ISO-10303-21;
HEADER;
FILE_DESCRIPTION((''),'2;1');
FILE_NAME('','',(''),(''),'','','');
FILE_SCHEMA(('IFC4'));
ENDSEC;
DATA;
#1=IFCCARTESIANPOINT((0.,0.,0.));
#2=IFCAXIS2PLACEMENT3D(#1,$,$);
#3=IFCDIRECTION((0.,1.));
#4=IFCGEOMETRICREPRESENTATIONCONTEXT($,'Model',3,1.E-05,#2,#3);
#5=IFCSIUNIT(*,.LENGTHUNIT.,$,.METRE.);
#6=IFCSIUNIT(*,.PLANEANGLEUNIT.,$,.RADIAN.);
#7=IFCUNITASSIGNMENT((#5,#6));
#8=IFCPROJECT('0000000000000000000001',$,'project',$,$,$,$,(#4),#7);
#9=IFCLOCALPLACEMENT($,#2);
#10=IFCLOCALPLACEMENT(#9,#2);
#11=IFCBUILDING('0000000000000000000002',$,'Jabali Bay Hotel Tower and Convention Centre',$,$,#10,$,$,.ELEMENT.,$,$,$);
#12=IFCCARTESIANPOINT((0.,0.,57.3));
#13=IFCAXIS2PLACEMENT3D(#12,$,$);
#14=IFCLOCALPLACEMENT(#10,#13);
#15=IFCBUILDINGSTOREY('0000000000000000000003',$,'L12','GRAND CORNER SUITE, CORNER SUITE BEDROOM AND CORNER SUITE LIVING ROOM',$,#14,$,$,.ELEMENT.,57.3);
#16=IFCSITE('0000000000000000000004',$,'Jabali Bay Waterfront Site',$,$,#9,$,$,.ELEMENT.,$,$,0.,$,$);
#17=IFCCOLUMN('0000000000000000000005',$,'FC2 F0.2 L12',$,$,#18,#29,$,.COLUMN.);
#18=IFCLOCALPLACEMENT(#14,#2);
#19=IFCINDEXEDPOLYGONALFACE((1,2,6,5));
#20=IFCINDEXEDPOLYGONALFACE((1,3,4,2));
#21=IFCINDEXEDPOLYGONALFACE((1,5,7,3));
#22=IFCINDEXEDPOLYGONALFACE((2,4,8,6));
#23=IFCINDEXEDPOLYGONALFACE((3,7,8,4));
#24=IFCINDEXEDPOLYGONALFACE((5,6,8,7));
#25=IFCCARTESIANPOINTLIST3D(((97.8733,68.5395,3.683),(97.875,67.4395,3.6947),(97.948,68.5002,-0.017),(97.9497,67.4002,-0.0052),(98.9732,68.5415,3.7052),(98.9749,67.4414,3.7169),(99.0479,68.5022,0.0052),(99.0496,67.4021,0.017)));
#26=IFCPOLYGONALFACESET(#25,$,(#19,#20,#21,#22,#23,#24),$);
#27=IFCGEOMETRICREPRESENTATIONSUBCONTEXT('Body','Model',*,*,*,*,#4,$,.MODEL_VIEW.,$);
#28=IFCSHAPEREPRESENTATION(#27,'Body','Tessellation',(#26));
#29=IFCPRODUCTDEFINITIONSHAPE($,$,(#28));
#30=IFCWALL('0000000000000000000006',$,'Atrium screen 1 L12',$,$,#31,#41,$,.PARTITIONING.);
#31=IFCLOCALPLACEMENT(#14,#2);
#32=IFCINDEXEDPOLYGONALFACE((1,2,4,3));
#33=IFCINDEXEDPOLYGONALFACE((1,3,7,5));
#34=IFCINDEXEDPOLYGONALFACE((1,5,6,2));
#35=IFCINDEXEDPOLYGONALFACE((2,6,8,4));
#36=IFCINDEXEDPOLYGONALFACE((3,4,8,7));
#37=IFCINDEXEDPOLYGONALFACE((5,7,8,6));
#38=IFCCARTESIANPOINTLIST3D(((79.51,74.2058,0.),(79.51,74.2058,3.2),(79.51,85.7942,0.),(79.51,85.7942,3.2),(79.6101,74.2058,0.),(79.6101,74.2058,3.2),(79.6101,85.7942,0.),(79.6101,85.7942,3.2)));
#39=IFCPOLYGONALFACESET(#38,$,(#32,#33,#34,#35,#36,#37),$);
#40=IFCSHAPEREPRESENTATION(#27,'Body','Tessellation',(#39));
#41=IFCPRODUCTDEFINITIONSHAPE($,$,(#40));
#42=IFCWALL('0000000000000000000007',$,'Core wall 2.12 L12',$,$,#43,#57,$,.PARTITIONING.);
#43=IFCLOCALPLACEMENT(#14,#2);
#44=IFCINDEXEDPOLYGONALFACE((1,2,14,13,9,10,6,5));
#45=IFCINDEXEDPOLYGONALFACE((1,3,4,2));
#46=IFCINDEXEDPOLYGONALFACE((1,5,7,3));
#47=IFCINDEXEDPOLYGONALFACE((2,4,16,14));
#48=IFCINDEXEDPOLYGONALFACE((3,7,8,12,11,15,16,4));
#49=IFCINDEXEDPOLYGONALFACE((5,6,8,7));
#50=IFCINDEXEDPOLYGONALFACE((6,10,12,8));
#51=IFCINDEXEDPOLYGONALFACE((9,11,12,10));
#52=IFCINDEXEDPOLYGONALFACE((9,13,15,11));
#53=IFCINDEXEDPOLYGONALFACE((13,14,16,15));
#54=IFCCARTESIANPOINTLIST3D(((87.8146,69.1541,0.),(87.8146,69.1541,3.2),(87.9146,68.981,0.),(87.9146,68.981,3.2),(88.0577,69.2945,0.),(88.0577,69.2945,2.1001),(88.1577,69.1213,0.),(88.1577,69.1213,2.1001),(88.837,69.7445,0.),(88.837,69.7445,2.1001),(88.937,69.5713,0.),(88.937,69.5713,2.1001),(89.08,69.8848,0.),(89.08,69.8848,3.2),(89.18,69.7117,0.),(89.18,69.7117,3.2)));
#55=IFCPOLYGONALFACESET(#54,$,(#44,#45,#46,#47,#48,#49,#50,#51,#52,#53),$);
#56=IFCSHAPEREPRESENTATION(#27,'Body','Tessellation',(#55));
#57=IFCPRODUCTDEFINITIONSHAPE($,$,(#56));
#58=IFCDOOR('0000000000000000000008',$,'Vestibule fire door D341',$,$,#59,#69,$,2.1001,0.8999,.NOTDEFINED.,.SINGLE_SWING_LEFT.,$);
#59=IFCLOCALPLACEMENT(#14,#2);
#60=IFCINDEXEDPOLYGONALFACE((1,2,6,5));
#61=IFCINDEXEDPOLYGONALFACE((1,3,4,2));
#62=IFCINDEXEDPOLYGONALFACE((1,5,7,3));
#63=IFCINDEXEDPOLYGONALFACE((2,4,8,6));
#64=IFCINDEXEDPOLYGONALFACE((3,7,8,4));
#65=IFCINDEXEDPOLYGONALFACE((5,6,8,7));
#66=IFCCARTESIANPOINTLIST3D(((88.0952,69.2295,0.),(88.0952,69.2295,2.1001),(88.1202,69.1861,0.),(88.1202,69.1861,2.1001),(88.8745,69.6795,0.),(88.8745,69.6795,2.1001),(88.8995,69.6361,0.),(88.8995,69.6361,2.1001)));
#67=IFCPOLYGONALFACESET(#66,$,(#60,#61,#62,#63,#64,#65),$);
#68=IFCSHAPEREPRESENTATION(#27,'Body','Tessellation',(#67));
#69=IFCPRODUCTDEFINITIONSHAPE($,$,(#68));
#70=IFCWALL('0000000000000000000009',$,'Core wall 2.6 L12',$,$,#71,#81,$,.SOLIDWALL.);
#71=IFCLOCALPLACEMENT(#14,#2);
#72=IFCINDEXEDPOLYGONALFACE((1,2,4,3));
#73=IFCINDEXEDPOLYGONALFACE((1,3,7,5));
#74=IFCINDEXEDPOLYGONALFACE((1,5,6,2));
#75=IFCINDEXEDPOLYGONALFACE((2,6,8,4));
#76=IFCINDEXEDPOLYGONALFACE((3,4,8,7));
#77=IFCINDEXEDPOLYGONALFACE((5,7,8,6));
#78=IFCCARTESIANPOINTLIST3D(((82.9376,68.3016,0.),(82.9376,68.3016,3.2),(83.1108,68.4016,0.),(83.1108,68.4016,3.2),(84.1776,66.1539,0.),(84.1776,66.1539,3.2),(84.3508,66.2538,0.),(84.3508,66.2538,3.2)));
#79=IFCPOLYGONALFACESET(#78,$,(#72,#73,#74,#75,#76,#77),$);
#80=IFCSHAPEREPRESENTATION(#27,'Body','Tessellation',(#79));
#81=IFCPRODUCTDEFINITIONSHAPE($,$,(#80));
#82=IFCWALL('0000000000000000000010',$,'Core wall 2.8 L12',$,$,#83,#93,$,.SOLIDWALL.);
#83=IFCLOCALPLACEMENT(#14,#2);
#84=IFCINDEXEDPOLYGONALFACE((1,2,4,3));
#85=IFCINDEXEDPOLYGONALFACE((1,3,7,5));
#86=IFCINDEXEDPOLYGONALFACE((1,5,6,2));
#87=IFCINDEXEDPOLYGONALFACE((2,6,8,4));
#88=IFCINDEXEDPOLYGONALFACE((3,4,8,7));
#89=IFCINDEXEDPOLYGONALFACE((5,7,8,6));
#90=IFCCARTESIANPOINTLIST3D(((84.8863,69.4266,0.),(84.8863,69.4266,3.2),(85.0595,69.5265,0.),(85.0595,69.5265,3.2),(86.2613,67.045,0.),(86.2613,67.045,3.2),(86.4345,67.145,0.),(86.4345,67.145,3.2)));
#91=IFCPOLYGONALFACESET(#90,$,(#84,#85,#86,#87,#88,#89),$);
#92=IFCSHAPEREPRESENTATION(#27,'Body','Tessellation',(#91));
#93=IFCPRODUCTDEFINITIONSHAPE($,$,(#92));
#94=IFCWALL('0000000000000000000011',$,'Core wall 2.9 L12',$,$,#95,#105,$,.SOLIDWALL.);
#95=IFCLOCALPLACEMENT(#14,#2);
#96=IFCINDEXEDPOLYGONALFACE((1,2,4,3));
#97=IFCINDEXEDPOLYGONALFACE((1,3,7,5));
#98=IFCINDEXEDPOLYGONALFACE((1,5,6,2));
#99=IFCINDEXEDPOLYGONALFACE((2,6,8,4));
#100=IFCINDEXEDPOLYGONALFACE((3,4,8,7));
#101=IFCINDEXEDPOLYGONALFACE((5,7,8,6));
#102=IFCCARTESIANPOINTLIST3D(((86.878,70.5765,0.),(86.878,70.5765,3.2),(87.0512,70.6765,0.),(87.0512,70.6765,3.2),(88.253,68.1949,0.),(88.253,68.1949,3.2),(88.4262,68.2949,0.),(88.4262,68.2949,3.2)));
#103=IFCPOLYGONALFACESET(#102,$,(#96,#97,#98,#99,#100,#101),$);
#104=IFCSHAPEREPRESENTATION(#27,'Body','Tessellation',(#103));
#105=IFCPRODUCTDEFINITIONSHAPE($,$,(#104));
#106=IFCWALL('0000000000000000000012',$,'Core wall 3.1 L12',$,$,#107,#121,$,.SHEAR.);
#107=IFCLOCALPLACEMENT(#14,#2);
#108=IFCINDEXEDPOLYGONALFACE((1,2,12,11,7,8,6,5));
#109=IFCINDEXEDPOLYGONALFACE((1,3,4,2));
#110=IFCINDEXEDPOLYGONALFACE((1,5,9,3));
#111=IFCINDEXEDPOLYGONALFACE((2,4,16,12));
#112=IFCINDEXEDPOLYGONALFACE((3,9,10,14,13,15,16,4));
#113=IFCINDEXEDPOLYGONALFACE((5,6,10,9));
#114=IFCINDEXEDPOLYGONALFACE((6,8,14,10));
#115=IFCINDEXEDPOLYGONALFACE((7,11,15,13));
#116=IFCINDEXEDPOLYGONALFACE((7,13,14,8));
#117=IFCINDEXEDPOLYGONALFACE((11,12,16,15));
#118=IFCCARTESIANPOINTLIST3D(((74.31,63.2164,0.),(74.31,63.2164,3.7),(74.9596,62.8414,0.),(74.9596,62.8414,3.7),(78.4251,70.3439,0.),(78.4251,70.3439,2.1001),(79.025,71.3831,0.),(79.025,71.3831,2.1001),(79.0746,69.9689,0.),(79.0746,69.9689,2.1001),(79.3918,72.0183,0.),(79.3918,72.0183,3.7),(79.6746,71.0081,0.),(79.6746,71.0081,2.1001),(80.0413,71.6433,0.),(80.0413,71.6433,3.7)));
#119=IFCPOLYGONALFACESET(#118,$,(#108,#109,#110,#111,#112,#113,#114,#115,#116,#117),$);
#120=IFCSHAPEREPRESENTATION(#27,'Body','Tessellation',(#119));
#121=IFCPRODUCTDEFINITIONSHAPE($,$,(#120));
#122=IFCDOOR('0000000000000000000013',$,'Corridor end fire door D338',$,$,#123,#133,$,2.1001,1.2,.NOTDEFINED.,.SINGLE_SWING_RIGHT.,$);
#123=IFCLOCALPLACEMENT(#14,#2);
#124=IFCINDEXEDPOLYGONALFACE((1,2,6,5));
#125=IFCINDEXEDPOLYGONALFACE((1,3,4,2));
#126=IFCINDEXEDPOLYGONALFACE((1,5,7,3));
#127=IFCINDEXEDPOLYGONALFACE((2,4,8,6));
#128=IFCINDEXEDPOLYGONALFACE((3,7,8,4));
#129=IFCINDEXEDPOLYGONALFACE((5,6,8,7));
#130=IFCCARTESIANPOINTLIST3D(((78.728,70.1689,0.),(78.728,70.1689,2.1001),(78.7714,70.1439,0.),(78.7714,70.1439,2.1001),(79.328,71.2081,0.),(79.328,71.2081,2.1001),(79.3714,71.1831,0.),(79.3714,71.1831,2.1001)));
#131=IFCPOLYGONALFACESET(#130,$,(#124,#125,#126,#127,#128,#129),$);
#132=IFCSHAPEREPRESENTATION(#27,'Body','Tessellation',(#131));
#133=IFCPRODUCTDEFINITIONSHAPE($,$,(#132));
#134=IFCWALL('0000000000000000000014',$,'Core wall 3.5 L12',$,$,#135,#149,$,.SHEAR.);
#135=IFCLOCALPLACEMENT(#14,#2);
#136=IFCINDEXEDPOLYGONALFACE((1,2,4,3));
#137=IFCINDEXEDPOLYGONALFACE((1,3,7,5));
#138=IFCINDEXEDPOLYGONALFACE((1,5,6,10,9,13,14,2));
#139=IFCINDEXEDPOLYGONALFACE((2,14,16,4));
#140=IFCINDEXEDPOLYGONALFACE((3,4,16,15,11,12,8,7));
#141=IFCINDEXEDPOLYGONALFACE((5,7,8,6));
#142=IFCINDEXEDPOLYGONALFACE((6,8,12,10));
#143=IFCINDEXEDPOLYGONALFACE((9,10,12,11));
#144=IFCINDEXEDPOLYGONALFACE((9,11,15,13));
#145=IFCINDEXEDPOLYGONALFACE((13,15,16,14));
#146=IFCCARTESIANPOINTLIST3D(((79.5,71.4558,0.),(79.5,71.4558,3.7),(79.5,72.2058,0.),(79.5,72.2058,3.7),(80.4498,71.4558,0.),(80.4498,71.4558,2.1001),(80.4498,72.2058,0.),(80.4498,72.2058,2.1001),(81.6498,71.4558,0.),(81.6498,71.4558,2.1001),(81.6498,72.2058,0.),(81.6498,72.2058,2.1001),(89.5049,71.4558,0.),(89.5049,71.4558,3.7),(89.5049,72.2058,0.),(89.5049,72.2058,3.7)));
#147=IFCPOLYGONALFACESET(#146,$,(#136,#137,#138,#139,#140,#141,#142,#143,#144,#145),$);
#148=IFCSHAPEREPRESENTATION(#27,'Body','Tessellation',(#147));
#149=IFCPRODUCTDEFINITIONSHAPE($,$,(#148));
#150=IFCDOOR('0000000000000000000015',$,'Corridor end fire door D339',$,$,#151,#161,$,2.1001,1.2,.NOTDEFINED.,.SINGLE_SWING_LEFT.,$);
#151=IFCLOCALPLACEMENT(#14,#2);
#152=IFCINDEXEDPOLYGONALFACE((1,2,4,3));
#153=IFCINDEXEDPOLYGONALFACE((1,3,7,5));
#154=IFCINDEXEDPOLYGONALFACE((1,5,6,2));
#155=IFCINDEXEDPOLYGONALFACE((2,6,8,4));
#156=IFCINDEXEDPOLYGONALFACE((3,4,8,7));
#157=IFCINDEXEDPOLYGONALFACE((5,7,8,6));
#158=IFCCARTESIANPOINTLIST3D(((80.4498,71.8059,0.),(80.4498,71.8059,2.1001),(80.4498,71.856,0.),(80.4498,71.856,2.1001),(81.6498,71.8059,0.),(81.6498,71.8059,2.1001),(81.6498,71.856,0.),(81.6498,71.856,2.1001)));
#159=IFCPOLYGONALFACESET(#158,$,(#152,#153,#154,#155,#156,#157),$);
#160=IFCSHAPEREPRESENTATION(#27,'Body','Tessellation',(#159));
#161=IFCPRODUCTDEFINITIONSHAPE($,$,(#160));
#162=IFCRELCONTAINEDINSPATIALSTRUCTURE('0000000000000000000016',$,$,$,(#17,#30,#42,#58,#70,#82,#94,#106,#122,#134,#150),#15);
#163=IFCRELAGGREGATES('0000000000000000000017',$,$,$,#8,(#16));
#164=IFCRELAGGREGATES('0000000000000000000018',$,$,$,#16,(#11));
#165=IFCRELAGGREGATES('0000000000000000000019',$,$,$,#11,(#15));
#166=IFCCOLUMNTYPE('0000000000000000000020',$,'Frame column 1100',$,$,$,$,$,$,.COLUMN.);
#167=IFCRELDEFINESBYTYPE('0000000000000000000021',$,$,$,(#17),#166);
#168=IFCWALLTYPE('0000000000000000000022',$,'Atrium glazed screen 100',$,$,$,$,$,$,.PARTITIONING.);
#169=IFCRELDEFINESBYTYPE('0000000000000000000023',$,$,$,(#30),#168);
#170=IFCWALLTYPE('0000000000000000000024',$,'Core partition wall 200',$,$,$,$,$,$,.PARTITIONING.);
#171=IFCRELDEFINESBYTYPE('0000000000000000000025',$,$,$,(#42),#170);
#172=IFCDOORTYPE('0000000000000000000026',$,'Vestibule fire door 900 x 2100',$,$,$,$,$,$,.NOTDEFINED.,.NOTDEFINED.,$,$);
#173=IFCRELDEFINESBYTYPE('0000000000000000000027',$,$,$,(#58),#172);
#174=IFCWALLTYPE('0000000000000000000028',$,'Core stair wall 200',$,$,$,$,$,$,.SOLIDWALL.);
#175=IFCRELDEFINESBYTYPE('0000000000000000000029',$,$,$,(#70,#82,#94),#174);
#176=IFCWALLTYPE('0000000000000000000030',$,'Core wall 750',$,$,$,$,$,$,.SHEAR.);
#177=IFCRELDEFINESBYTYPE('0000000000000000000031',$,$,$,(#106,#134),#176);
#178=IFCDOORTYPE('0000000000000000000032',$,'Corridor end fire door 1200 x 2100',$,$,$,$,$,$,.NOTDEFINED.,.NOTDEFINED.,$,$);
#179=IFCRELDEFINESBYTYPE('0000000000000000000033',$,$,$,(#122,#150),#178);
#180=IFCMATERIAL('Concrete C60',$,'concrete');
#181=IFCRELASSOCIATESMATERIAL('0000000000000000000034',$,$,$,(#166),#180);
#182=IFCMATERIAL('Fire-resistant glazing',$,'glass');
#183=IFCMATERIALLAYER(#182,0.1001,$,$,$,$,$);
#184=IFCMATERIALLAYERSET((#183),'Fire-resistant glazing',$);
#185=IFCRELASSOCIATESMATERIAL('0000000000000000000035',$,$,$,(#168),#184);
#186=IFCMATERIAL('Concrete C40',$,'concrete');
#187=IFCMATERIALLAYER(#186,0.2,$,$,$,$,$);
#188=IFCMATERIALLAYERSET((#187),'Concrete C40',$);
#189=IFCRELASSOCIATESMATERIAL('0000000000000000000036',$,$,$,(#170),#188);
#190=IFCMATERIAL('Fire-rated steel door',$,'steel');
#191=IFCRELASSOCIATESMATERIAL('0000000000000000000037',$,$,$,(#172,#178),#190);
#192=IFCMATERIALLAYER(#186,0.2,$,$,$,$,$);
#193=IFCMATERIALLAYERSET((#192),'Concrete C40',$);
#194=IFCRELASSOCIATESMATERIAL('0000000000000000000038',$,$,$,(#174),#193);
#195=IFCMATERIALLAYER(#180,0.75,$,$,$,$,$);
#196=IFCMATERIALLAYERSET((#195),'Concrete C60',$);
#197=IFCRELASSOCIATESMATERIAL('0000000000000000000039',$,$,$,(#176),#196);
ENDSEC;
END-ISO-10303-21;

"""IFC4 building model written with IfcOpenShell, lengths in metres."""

from ifc_helpers import new_model, si_unit, direction, frame, frame_2d, origin, origin_2d, place, context, subcontext, project, spatial, rectangle, extrude, material, layer, layer_set, material_profile, profile_set, type_object, element, fill, save


model = new_model("IFC4")

# Units and contexts
model_context = context("Model", 3, precision=1e-05, world=origin(), true_north=direction((0.0, 1.0)))
body_context = subcontext(model_context, "Body", "Model", "MODEL_VIEW")
ifc_project = project(units=[si_unit("LENGTHUNIT", "METRE"), si_unit("PLANEANGLEUNIT", "RADIAN")], contexts=[model_context])

# Site, building, storey
site_placement = place(None, origin())
site = spatial("IfcSite", under=ifc_project, at=site_placement, Name="Jabali Bay Waterfront Site", CompositionType="ELEMENT", RefElevation=0.0)
building_placement = place(site_placement, origin())
building = spatial("IfcBuilding", under=site, at=building_placement, Name="Jabali Bay Hotel Tower and Convention Centre", CompositionType="ELEMENT")
storey_placement = place(building_placement, frame((0.0, 0.0, 57.3)))
storey = spatial("IfcBuildingStorey", under=building, at=storey_placement, Name="L12", Description="GRAND CORNER SUITE, CORNER SUITE BEDROOM AND CORNER SUITE LIVING ROOM", CompositionType="ELEMENT", Elevation=57.3)

# Column
ifc_material_1 = material(Name="Concrete C60", Category="concrete")
ifc_material_profile = material_profile(ifc_material_1, rectangle(XDim=1.1001, YDim=1.1001, at=origin_2d()), Name="Frame column 1100")
ifc_profile_set = profile_set([ifc_material_profile], Name="Concrete C60")
column_type = type_object("IfcColumnType", Name="Frame column 1100", PredefinedType="COLUMN", material=ifc_profile_set)
column_placement = place(storey_placement, frame((98.4988, 67.9512, 0.0), z_axis=(-0.020186, 0.010621, 0.99974), x_axis=(0.001543, -0.999942, 0.010654)))
element("IfcColumn", 1, at=column_placement, inside=storey, type_object=column_type, Name="FC2 F0.2 L12", PredefinedType="COLUMN", context=body_context, shape_type="SweptSolid", body=[
    extrude(rectangle(XDim=1.1001, YDim=1.1001, at=origin_2d()), origin(), (0.0, 0.0, 1.0), 3.7009),
])

# Wall
ifc_material_2 = material(Name="Fire-resistant glazing", Category="glass")
ifc_layer_1 = layer(ifc_material_2, 0.1001)
ifc_layer_set_1 = layer_set([ifc_layer_1], Name="Fire-resistant glazing")
wall_type_1 = type_object("IfcWallType", Name="Atrium glazed screen 100", PredefinedType="PARTITIONING", material=ifc_layer_set_1)
wall_1_placement = place(storey_placement, frame((79.5601, 74.2058, 0.0), z_axis=(0.0, 0.0, 1.0), x_axis=(0.0, 1.0, 0.0)))
element("IfcWall", 2, at=wall_1_placement, inside=storey, type_object=wall_type_1, Name="Atrium screen 1 L12", PredefinedType="PARTITIONING", context=body_context, shape_type="SweptSolid", body=[
    extrude(rectangle(XDim=11.5884, YDim=0.1001, at=frame_2d((5.7942, 0.0))), origin(), (0.0, 0.0, 1.0), 3.2),
])

# Wall, opening, door
ifc_material_3 = material(Name="Concrete C40", Category="concrete")
ifc_layer_2 = layer(ifc_material_3, 0.2)
ifc_layer_set_2 = layer_set([ifc_layer_2], Name="Concrete C40")
wall_type_2 = type_object("IfcWallType", Name="Core partition wall 200", PredefinedType="PARTITIONING", material=ifc_layer_set_2)
wall_2_placement = place(storey_placement, frame((87.8647, 69.0676, 0.0), z_axis=(0.0, 0.0, 1.0), x_axis=(0.865982, 0.500074, 0.0)))
wall_2 = element("IfcWall", 3, at=wall_2_placement, inside=storey, type_object=wall_type_2, Name="Core wall 2.12 L12", PredefinedType="PARTITIONING", context=body_context, shape_type="SweptSolid", body=[
    extrude(rectangle(XDim=1.4612, YDim=0.2, at=frame_2d((0.7305, 0.0))), origin(), (0.0, 0.0, 1.0), 3.2),
])
opening_1_placement = place(wall_2_placement, frame((0.2805, 0.0, 0.0)))
opening_1 = element("IfcOpeningElement", 4, at=opening_1_placement, cuts=wall_2, PredefinedType="OPENING", context=body_context, shape_type="SweptSolid", body=[
    extrude(rectangle(XDim=0.8999, YDim=2.1001, at=frame_2d((0.45, 1.05))), frame((0.0, 0.1104, 0.0), z_axis=(0.0, -1.0, 0.0), x_axis=(1.0, 0.0, 0.0)), (0.0, 0.0, 1.0), 0.2209),
])
ifc_material_4 = material(Name="Fire-rated steel door", Category="steel")
door_type_1 = type_object("IfcDoorType", Name="Vestibule fire door 900 x 2100", OperationType="NOTDEFINED", PredefinedType="NOTDEFINED", material=ifc_material_4)
door_1_placement = place(opening_1_placement, origin())
door_1 = element("IfcDoor", 5, at=door_1_placement, inside=storey, type_object=door_type_1, Name="Vestibule fire door D341", OperationType="SINGLE_SWING_LEFT", OverallHeight=2.1001, OverallWidth=0.8999, PredefinedType="NOTDEFINED", context=body_context, shape_type="SweptSolid", body=[
    extrude(rectangle(XDim=0.8999, YDim=2.1001, at=frame_2d((0.45, 1.05))), frame((0.0, 0.0249, 0.0), z_axis=(0.0, -1.0, 0.0), x_axis=(1.0, 0.0, 0.0)), (0.0, 0.0, 1.0), 0.05),
])
fill(opening_1, door_1)

# Walls
ifc_layer_3 = layer(ifc_material_3, 0.2)
ifc_layer_set_3 = layer_set([ifc_layer_3], Name="Concrete C40")
wall_type_3 = type_object("IfcWallType", Name="Core stair wall 200", PredefinedType="SOLIDWALL", material=ifc_layer_set_3)
wall_3_placement = place(storey_placement, frame((83.0242, 68.3516, 0.0), z_axis=(0.0, 0.0, 1.0), x_axis=(0.500004, -0.866023, 0.0)))
element("IfcWall", 6, at=wall_3_placement, inside=storey, type_object=wall_type_3, Name="Core wall 2.6 L12", PredefinedType="SOLIDWALL", context=body_context, shape_type="SweptSolid", body=[
    extrude(rectangle(XDim=2.48, YDim=0.2, at=frame_2d((1.24, 0.0))), origin(), (0.0, 0.0, 1.0), 3.2),
])
for number, where, z_axis, x_axis, name in (
    (7, (84.9729, 69.4766, 0.0), (0.0, 0.0, 1.0), (0.499997, -0.866027, 0.0), "Core wall 2.8 L12"),
    (8, (86.9646, 70.6265, 0.0), (0.0, 0.0, 1.0), (0.499997, -0.866027, 0.0), "Core wall 2.9 L12"),
):
    element("IfcWall", number, at=place(storey_placement, frame(where, z_axis=z_axis, x_axis=x_axis)), inside=storey, type_object=wall_type_3, Name=name, PredefinedType="SOLIDWALL", context=body_context, shape_type="SweptSolid", body=[
        extrude(rectangle(XDim=2.75, YDim=0.2, at=frame_2d((1.375, 0.0))), origin(), (0.0, 0.0, 1.0), 3.2),
    ])

# Walls, openings, doors
ifc_layer_4 = layer(ifc_material_1, 0.75)
ifc_layer_set_4 = layer_set([ifc_layer_4], Name="Concrete C60")
wall_type_4 = type_object("IfcWallType", Name="Core wall 750", PredefinedType="SHEAR", material=ifc_layer_set_4)
wall_4_placement = place(storey_placement, frame((79.7166, 71.8308, 0.0), z_axis=(0.0, 0.0, 1.0), x_axis=(-0.499996, -0.866028, 0.0)))
wall_4 = element("IfcWall", 9, at=wall_4_placement, inside=storey, type_object=wall_type_4, Name="Core wall 3.1 L12", PredefinedType="SHEAR", context=body_context, shape_type="SweptSolid", body=[
    extrude(rectangle(XDim=10.1636, YDim=0.75, at=frame_2d((5.0818, 0.0))), origin(), (0.0, 0.0, 1.0), 3.7),
])
opening_2_placement = place(wall_4_placement, frame((0.7334, 0.0, 0.0)))
opening_2 = element("IfcOpeningElement", 10, at=opening_2_placement, cuts=wall_4, PredefinedType="OPENING", context=body_context, shape_type="SweptSolid", body=[
    extrude(rectangle(XDim=1.2, YDim=2.1001, at=frame_2d((0.6001, 1.05))), frame((0.0, 0.3855, 0.0), z_axis=(0.0, -1.0, 0.0), x_axis=(1.0, 0.0, 0.0)), (0.0, 0.0, 1.0), 0.771),
])
door_type_2 = type_object("IfcDoorType", Name="Corridor end fire door 1200 x 2100", OperationType="NOTDEFINED", PredefinedType="NOTDEFINED", material=ifc_material_4)
door_2_placement = place(opening_2_placement, origin())
door_2 = element("IfcDoor", 11, at=door_2_placement, inside=storey, type_object=door_type_2, Name="Corridor end fire door D338", OperationType="SINGLE_SWING_RIGHT", OverallHeight=2.1001, OverallWidth=1.2, PredefinedType="NOTDEFINED", context=body_context, shape_type="SweptSolid", body=[
    extrude(rectangle(XDim=1.2, YDim=2.1001, at=frame_2d((0.6001, 1.05))), frame((0.0, 0.0249, 0.0), z_axis=(0.0, -1.0, 0.0), x_axis=(1.0, 0.0, 0.0)), (0.0, 0.0, 1.0), 0.05),
])
fill(opening_2, door_2)
wall_5_placement = place(storey_placement, frame((89.5049, 71.8308, 0.0), z_axis=(0.0, 0.0, 1.0), x_axis=(-1.0, 0.0, 0.0)))
wall_5 = element("IfcWall", 12, at=wall_5_placement, inside=storey, type_object=wall_type_4, Name="Core wall 3.5 L12", PredefinedType="SHEAR", context=body_context, shape_type="SweptSolid", body=[
    extrude(rectangle(XDim=10.0049, YDim=0.75, at=frame_2d((5.0024, 0.0))), origin(), (0.0, 0.0, 1.0), 3.7),
])
opening_3_placement = place(wall_5_placement, frame((7.855, 0.0, 0.0)))
opening_3 = element("IfcOpeningElement", 13, at=opening_3_placement, cuts=wall_5, PredefinedType="OPENING", context=body_context, shape_type="SweptSolid", body=[
    extrude(rectangle(XDim=1.2, YDim=2.1001, at=frame_2d((0.6001, 1.05))), frame((0.0, 0.3855, 0.0), z_axis=(0.0, -1.0, 0.0), x_axis=(1.0, 0.0, 0.0)), (0.0, 0.0, 1.0), 0.771),
])
door_3_placement = place(opening_3_placement, origin())
door_3 = element("IfcDoor", 14, at=door_3_placement, inside=storey, type_object=door_type_2, Name="Corridor end fire door D339", OperationType="SINGLE_SWING_LEFT", OverallHeight=2.1001, OverallWidth=1.2, PredefinedType="NOTDEFINED", context=body_context, shape_type="SweptSolid", body=[
    extrude(rectangle(XDim=1.2, YDim=2.1001, at=frame_2d((0.6001, 1.05))), frame((0.0, 0.0249, 0.0), z_axis=(0.0, -1.0, 0.0), x_axis=(1.0, 0.0, 0.0)), (0.0, 0.0, 1.0), 0.05),
])
fill(opening_3, door_3)

save(model, "model.ifc")
